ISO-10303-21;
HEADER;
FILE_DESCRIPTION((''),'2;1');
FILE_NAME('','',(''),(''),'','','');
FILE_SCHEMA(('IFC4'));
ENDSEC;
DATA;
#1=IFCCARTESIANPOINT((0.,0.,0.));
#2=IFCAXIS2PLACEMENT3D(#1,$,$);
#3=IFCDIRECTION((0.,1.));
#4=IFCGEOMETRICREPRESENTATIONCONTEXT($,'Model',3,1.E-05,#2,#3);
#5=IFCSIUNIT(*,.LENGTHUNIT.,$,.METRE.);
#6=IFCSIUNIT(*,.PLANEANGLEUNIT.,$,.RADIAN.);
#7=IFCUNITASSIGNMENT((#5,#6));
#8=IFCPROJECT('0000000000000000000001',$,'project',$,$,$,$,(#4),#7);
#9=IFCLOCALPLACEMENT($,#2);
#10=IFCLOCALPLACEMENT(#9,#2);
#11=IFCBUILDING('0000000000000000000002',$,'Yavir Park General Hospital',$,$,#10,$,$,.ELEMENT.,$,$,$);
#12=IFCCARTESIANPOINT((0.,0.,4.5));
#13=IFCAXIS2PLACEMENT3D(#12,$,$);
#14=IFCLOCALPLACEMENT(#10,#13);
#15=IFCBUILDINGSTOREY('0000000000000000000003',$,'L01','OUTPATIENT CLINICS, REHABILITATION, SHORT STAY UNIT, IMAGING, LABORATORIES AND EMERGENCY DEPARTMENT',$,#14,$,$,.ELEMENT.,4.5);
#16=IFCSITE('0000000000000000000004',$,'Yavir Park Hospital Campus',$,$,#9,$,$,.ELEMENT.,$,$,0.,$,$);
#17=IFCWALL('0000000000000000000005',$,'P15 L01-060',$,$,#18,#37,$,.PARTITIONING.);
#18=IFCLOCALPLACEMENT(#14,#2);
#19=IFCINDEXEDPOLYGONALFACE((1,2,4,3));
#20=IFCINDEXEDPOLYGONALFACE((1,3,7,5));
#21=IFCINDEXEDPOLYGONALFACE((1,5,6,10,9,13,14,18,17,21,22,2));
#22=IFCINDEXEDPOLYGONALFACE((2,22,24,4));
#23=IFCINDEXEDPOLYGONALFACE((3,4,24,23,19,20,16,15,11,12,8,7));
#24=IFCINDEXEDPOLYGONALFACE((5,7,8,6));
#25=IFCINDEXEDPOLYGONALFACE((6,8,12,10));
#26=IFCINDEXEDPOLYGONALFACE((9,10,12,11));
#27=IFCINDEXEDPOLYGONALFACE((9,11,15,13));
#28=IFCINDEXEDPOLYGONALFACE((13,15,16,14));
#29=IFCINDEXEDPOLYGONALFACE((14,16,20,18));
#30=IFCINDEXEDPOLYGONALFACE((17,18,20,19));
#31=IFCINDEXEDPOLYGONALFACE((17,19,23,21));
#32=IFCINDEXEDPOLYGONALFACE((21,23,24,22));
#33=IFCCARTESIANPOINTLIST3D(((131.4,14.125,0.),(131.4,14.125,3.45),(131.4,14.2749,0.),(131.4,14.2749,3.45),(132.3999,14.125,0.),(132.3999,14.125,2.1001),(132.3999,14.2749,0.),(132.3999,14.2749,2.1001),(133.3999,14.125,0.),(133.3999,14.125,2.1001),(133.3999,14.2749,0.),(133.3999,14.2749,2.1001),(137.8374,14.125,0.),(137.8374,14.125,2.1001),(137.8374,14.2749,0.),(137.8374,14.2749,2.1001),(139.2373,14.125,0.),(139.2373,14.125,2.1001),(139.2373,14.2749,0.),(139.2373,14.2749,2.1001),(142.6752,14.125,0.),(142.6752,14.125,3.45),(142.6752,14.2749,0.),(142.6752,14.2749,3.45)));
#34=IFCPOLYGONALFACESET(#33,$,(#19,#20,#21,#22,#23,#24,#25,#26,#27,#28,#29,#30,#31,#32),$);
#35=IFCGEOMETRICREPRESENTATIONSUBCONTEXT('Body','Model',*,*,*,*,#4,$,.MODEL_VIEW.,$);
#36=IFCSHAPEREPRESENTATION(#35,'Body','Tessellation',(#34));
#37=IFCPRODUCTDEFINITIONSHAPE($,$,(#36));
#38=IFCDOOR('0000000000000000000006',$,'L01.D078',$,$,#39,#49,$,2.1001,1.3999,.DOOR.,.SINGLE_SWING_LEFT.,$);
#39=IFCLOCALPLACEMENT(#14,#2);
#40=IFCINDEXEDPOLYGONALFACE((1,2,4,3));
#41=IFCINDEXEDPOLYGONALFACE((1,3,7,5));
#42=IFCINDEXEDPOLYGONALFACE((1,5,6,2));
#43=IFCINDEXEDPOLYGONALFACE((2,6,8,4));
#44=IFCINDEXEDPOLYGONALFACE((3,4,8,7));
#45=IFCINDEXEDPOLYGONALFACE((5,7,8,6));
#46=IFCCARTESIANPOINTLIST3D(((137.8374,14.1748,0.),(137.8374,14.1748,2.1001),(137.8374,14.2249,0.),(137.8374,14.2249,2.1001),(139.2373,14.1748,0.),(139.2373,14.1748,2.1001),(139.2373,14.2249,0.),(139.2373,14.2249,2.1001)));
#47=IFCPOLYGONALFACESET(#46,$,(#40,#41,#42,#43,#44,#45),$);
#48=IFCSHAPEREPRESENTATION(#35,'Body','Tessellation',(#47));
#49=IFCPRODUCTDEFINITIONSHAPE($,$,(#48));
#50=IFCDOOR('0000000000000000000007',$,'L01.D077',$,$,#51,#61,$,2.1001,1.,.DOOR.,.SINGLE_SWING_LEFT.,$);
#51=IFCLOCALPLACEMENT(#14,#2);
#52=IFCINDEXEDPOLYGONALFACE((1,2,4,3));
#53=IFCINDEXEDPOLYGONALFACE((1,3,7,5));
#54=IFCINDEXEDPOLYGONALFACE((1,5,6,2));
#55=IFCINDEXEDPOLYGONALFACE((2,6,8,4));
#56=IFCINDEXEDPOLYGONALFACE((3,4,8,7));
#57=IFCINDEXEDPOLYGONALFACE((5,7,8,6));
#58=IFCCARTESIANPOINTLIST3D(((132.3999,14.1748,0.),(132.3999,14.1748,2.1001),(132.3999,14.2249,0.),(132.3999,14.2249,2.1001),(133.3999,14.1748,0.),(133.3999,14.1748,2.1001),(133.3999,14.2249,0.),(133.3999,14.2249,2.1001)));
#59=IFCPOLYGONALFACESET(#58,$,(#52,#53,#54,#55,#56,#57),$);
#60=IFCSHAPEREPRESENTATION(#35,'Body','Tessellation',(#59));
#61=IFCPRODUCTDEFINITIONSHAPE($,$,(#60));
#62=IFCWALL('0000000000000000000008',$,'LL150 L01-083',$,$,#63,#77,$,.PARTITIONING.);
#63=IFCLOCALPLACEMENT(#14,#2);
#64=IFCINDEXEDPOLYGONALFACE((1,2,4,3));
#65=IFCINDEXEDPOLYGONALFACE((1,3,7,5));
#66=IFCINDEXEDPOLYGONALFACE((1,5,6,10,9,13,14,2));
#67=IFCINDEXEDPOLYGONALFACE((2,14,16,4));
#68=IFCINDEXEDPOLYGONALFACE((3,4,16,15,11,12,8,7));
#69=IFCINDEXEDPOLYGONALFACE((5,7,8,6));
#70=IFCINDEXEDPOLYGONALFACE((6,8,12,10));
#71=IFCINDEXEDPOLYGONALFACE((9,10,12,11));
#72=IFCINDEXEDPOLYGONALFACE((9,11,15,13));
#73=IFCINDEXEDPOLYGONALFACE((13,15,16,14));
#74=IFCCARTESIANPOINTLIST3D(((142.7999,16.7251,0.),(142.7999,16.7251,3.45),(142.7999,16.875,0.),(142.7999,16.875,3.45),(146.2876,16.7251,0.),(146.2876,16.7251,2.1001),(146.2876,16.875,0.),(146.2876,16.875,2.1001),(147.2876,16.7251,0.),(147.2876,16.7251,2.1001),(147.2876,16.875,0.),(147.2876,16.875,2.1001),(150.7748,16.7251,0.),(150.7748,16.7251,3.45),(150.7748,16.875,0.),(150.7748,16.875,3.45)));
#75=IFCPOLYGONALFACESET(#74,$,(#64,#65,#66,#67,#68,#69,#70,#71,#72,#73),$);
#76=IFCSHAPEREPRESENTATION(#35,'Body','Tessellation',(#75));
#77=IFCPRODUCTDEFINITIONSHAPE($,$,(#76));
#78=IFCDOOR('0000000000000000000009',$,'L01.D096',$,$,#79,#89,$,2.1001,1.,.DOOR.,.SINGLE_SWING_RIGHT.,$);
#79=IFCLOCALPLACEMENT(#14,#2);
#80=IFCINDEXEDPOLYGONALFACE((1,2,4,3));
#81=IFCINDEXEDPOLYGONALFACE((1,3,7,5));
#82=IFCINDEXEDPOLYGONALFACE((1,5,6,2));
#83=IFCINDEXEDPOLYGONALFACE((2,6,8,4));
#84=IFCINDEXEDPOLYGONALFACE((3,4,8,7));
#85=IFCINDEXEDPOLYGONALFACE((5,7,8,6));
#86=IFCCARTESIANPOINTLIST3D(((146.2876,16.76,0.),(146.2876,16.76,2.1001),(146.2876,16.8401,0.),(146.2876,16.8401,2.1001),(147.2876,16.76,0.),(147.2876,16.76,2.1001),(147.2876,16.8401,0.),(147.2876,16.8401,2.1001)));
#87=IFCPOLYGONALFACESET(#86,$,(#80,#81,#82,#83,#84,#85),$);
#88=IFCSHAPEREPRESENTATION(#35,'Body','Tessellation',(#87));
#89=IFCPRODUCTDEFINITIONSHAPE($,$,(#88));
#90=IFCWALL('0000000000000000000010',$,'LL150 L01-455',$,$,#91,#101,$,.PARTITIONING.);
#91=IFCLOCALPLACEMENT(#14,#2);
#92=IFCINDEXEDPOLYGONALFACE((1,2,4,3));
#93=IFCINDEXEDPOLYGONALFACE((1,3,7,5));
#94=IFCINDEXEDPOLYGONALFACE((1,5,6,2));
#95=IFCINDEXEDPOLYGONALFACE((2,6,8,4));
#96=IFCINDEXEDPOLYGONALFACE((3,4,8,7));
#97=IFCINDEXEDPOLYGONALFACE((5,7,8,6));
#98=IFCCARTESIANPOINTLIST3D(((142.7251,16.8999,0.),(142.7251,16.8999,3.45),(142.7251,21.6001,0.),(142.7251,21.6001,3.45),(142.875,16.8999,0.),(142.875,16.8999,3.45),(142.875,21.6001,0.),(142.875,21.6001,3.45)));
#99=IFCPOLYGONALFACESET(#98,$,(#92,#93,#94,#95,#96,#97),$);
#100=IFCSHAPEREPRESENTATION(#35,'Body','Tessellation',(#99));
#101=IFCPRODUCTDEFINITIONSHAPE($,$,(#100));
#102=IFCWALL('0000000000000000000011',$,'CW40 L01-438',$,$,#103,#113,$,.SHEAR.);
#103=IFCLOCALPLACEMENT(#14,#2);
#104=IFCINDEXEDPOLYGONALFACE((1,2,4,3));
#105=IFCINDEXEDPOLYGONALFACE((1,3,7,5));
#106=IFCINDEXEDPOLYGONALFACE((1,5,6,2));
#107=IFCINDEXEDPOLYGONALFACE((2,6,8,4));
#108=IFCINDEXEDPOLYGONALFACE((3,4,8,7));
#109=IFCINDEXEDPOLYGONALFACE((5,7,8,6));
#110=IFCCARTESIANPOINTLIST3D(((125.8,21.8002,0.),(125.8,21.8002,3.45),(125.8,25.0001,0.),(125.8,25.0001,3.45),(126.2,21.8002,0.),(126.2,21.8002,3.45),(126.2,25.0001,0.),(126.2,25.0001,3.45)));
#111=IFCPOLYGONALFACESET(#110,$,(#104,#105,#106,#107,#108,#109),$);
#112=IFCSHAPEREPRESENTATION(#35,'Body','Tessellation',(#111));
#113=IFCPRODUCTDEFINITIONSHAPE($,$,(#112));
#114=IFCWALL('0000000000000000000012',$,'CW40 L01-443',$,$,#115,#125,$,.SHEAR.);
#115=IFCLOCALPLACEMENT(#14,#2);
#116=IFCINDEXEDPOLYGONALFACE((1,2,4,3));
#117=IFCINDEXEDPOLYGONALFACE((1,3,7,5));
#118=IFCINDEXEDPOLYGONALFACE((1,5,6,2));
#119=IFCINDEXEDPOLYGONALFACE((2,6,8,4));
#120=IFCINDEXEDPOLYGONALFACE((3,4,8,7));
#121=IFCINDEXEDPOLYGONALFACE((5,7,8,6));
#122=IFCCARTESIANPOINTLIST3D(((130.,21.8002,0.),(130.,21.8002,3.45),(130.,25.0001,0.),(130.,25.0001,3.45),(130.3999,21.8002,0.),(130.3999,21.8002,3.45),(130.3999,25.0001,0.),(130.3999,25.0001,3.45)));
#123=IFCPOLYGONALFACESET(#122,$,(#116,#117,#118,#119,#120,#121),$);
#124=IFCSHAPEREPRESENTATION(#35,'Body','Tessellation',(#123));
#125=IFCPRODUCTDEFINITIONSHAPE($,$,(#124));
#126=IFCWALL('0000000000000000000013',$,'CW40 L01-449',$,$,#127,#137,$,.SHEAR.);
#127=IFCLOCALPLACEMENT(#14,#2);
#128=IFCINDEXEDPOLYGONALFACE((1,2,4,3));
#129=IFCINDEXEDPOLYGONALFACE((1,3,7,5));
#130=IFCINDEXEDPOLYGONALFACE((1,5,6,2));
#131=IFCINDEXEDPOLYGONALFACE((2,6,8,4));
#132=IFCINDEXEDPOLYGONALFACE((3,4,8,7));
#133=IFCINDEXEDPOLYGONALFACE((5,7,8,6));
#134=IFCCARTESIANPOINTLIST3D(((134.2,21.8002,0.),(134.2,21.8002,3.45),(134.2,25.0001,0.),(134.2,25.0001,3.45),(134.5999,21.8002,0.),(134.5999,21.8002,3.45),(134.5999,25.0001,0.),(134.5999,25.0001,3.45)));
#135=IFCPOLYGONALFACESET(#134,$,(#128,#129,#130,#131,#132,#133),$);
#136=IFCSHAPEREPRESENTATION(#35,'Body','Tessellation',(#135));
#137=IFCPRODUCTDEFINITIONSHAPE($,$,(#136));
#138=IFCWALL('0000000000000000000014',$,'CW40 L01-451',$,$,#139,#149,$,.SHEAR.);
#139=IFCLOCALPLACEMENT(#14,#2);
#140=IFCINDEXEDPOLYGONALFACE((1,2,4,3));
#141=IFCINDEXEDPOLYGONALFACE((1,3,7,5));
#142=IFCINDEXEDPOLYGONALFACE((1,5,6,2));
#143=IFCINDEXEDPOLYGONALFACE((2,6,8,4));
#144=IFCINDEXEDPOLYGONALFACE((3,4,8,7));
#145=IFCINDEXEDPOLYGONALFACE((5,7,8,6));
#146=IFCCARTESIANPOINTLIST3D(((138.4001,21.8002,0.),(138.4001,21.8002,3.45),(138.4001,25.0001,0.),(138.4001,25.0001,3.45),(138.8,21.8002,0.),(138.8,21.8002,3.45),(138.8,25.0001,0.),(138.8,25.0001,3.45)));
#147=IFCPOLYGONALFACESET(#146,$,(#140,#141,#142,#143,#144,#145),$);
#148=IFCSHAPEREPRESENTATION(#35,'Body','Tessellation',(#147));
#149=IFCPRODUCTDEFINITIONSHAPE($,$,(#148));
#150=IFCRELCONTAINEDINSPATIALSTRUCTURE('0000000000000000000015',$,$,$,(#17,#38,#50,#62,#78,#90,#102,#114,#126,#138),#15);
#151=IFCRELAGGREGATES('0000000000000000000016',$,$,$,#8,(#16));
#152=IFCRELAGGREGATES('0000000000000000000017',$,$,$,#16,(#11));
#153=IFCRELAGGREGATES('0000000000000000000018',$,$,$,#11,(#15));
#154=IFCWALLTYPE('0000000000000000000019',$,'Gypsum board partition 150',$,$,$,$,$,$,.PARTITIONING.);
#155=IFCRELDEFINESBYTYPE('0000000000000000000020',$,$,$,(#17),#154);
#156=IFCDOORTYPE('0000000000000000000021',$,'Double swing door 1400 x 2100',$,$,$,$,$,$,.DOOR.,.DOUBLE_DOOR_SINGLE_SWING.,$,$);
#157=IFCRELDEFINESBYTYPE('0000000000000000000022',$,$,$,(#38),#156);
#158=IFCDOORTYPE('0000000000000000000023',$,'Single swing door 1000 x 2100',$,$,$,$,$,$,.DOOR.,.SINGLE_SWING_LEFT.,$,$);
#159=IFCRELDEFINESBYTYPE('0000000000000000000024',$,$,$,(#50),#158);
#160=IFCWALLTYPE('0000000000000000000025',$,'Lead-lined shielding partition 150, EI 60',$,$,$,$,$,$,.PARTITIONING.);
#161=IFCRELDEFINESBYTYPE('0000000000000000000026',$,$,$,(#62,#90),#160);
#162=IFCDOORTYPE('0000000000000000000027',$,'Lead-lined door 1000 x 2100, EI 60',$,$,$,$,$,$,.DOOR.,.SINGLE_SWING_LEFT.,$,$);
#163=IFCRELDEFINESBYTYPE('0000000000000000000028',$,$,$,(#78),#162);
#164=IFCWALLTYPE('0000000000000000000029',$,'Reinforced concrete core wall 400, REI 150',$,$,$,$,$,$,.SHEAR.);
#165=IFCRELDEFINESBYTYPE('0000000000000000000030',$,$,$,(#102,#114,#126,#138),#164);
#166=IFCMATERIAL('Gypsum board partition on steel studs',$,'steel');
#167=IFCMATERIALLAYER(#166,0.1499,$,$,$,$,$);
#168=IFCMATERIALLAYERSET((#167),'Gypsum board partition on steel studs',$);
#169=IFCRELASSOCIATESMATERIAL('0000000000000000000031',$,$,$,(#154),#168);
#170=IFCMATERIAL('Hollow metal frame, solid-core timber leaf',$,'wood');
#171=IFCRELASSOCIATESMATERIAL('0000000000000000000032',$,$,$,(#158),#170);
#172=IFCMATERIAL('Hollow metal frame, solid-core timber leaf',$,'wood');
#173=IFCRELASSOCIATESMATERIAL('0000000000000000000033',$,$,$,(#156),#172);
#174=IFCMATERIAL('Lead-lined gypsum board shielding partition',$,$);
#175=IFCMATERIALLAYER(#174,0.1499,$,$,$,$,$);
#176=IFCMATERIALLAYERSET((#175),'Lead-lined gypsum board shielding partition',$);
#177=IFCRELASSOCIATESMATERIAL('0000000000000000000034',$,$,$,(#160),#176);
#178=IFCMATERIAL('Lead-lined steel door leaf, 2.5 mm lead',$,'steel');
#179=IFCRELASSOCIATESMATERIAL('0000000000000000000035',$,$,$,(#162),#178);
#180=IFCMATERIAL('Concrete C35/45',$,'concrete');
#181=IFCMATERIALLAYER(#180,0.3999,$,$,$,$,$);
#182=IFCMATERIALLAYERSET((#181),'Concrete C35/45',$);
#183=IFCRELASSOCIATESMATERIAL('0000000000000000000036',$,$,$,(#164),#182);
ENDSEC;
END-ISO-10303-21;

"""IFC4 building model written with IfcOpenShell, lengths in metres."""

from ifc_helpers import new_model, si_unit, direction, frame, frame_2d, origin, place, context, subcontext, project, spatial, rectangle, extrude, material, layer, layer_set, type_object, element, fill, save


model = new_model("IFC4")

# Units and contexts
model_context = context("Model", 3, precision=1e-05, world=origin(), true_north=direction((0.0, 1.0)))
body_context = subcontext(model_context, "Body", "Model", "MODEL_VIEW")
ifc_project = project(units=[si_unit("LENGTHUNIT", "METRE"), si_unit("PLANEANGLEUNIT", "RADIAN")], contexts=[model_context])

# Site, building, storey
site_placement = place(None, origin())
site = spatial("IfcSite", under=ifc_project, at=site_placement, Name="Yavir Park Hospital Campus", CompositionType="ELEMENT", RefElevation=0.0)
building_placement = place(site_placement, origin())
building = spatial("IfcBuilding", under=site, at=building_placement, Name="Yavir Park General Hospital", CompositionType="ELEMENT")
storey_placement = place(building_placement, frame((0.0, 0.0, 4.5)))
storey = spatial("IfcBuildingStorey", under=building, at=storey_placement, Name="L01", Description="OUTPATIENT CLINICS, REHABILITATION, SHORT STAY UNIT, IMAGING, LABORATORIES AND EMERGENCY DEPARTMENT", CompositionType="ELEMENT", Elevation=4.5)

# Shared definitions
ifc_material_1 = material(Name="Gypsum board partition on steel studs", Category="steel")
ifc_layer_1 = layer(ifc_material_1, 0.1499)
ifc_layer_set_1 = layer_set([ifc_layer_1], Name="Gypsum board partition on steel studs")
wall_type_1 = type_object("IfcWallType", Name="Gypsum board partition 150", PredefinedType="PARTITIONING", material=ifc_layer_set_1)
ifc_material_2 = material(Name="Hollow metal frame, solid-core timber leaf", Category="wood")
door_type_1 = type_object("IfcDoorType", Name="Single swing door 1000 x 2100", OperationType="SINGLE_SWING_LEFT", PredefinedType="DOOR", material=ifc_material_2)

# Wall, openings, doors
wall_1_placement = place(storey_placement, frame((131.3999, 14.2, 0.0), z_axis=(0.0, 0.0, 1.0), x_axis=(1.0, 0.0, 0.0)))
wall_1 = element("IfcWall", 1, at=wall_1_placement, inside=storey, type_object=wall_type_1, Name="P15 L01-060", PredefinedType="PARTITIONING", context=body_context, shape_type="SweptSolid", body=[
    extrude(rectangle(XDim=11.2751, YDim=0.1499, at=frame_2d((5.6377, 0.0))), origin(), (0.0, 0.0, 1.0), 3.45),
])
opening_1_placement = place(wall_1_placement, frame((1.0, 0.0, 0.0)))
opening_1 = element("IfcOpeningElement", 2, at=opening_1_placement, cuts=wall_1, PredefinedType="OPENING", context=body_context, shape_type="SweptSolid", body=[
    extrude(rectangle(XDim=1.0, YDim=2.1001, at=frame_2d((0.5, 1.05))), frame((0.0, 0.085, 0.0), z_axis=(0.0, -1.0, 0.0), x_axis=(1.0, 0.0, 0.0)), (0.0, 0.0, 1.0), 0.1699),
])
opening_2_placement = place(wall_1_placement, frame((6.4375, 0.0, 0.0)))
opening_2 = element("IfcOpeningElement", 3, at=opening_2_placement, cuts=wall_1, PredefinedType="OPENING", context=body_context, shape_type="SweptSolid", body=[
    extrude(rectangle(XDim=1.3999, YDim=2.1001, at=frame_2d((0.7, 1.05))), frame((0.0, 0.085, 0.0), z_axis=(0.0, -1.0, 0.0), x_axis=(1.0, 0.0, 0.0)), (0.0, 0.0, 1.0), 0.1699),
])
ifc_material_3 = material(Name="Hollow metal frame, solid-core timber leaf", Category="wood")
door_type_2 = type_object("IfcDoorType", Name="Double swing door 1400 x 2100", OperationType="DOUBLE_DOOR_SINGLE_SWING", PredefinedType="DOOR", material=ifc_material_3)
door_1_placement = place(opening_2_placement, origin())
door_1 = element("IfcDoor", 4, at=door_1_placement, inside=storey, type_object=door_type_2, Name="L01.D078", OperationType="SINGLE_SWING_LEFT", OverallHeight=2.1001, OverallWidth=1.3999, PredefinedType="DOOR", context=body_context, shape_type="SweptSolid", body=[
    extrude(rectangle(XDim=1.3999, YDim=2.1001, at=frame_2d((0.7, 1.05))), frame((0.0, 0.0249, 0.0), z_axis=(0.0, -1.0, 0.0), x_axis=(1.0, 0.0, 0.0)), (0.0, 0.0, 1.0), 0.05),
])
fill(opening_2, door_1)
door_2_placement = place(opening_1_placement, origin())
door_2 = element("IfcDoor", 5, at=door_2_placement, inside=storey, type_object=door_type_1, Name="L01.D077", OperationType="SINGLE_SWING_LEFT", OverallHeight=2.1001, OverallWidth=1.0, PredefinedType="DOOR", context=body_context, shape_type="SweptSolid", body=[
    extrude(rectangle(XDim=1.0, YDim=2.1001, at=frame_2d((0.5, 1.05))), frame((0.0, 0.0249, 0.0), z_axis=(0.0, -1.0, 0.0), x_axis=(1.0, 0.0, 0.0)), (0.0, 0.0, 1.0), 0.05),
])
fill(opening_1, door_2)

# Wall, opening, door
ifc_material_4 = material(Name="Lead-lined gypsum board shielding partition")
ifc_layer_2 = layer(ifc_material_4, 0.1499)
ifc_layer_set_2 = layer_set([ifc_layer_2], Name="Lead-lined gypsum board shielding partition")
wall_type_2 = type_object("IfcWallType", Name="Lead-lined shielding partition 150, EI 60", PredefinedType="PARTITIONING", material=ifc_layer_set_2)
wall_2_placement = place(storey_placement, frame((142.8, 16.8, 0.0), z_axis=(0.0, 0.0, 1.0), x_axis=(1.0, 0.0, 0.0)))
wall_2 = element("IfcWall", 6, at=wall_2_placement, inside=storey, type_object=wall_type_2, Name="LL150 L01-083", PredefinedType="PARTITIONING", context=body_context, shape_type="SweptSolid", body=[
    extrude(rectangle(XDim=7.9749, YDim=0.1499, at=frame_2d((3.9873, 0.0))), origin(), (0.0, 0.0, 1.0), 3.45),
])
opening_3_placement = place(wall_2_placement, frame((3.4875, 0.0, 0.0)))
opening_3 = element("IfcOpeningElement", 7, at=opening_3_placement, cuts=wall_2, PredefinedType="OPENING", context=body_context, shape_type="SweptSolid", body=[
    extrude(rectangle(XDim=1.0, YDim=2.1001, at=frame_2d((0.5, 1.05))), frame((0.0, 0.085, 0.0), z_axis=(0.0, -1.0, 0.0), x_axis=(1.0, 0.0, 0.0)), (0.0, 0.0, 1.0), 0.1699),
])
ifc_material_5 = material(Name="Lead-lined steel door leaf, 2.5 mm lead", Category="steel")
door_type_3 = type_object("IfcDoorType", Name="Lead-lined door 1000 x 2100, EI 60", OperationType="SINGLE_SWING_LEFT", PredefinedType="DOOR", material=ifc_material_5)
door_3_placement = place(opening_3_placement, origin())
door_3 = element("IfcDoor", 8, at=door_3_placement, inside=storey, type_object=door_type_3, Name="L01.D096", OperationType="SINGLE_SWING_RIGHT", OverallHeight=2.1001, OverallWidth=1.0, PredefinedType="DOOR", context=body_context, shape_type="SweptSolid", body=[
    extrude(rectangle(XDim=1.0, YDim=2.1001, at=frame_2d((0.5, 1.05))), frame((0.0, 0.04, 0.0), z_axis=(0.0, -1.0, 0.0), x_axis=(1.0, 0.0, 0.0)), (0.0, 0.0, 1.0), 0.0801),
])
fill(opening_3, door_3)

# Walls
wall_3_placement = place(storey_placement, frame((142.8, 16.8999, 0.0), z_axis=(0.0, 0.0, 1.0), x_axis=(0.0, 1.0, 0.0)))
element("IfcWall", 9, at=wall_3_placement, inside=storey, type_object=wall_type_2, Name="LL150 L01-455", PredefinedType="PARTITIONING", context=body_context, shape_type="SweptSolid", body=[
    extrude(rectangle(XDim=4.7002, YDim=0.1499, at=frame_2d((2.3501, 0.0))), origin(), (0.0, 0.0, 1.0), 3.45),
])
ifc_material_6 = material(Name="Concrete C35/45", Category="concrete")
ifc_layer_3 = layer(ifc_material_6, 0.3999)
ifc_layer_set_3 = layer_set([ifc_layer_3], Name="Concrete C35/45")
wall_type_3 = type_object("IfcWallType", Name="Reinforced concrete core wall 400, REI 150", PredefinedType="SHEAR", material=ifc_layer_set_3)
for number, where, z_axis, x_axis, name in (
    (10, (126.0, 21.8, 0.0), (0.0, 0.0, 1.0), (0.0, 1.0, 0.0), "CW40 L01-438"),
    (11, (130.2, 21.8, 0.0), (0.0, 0.0, 1.0), (0.0, 1.0, 0.0), "CW40 L01-443"),
    (12, (134.3999, 21.8, 0.0), (0.0, 0.0, 1.0), (0.0, 1.0, 0.0), "CW40 L01-449"),
    (13, (138.6001, 21.8, 0.0), (0.0, 0.0, 1.0), (0.0, 1.0, 0.0), "CW40 L01-451"),
):
    element("IfcWall", number, at=place(storey_placement, frame(where, z_axis=z_axis, x_axis=x_axis)), inside=storey, type_object=wall_type_3, Name=name, PredefinedType="SHEAR", context=body_context, shape_type="SweptSolid", body=[
        extrude(rectangle(XDim=3.2, YDim=0.3999, at=frame_2d((1.6001, 0.0))), origin(), (0.0, 0.0, 1.0), 3.45),
    ])

save(model, "model.ifc")
